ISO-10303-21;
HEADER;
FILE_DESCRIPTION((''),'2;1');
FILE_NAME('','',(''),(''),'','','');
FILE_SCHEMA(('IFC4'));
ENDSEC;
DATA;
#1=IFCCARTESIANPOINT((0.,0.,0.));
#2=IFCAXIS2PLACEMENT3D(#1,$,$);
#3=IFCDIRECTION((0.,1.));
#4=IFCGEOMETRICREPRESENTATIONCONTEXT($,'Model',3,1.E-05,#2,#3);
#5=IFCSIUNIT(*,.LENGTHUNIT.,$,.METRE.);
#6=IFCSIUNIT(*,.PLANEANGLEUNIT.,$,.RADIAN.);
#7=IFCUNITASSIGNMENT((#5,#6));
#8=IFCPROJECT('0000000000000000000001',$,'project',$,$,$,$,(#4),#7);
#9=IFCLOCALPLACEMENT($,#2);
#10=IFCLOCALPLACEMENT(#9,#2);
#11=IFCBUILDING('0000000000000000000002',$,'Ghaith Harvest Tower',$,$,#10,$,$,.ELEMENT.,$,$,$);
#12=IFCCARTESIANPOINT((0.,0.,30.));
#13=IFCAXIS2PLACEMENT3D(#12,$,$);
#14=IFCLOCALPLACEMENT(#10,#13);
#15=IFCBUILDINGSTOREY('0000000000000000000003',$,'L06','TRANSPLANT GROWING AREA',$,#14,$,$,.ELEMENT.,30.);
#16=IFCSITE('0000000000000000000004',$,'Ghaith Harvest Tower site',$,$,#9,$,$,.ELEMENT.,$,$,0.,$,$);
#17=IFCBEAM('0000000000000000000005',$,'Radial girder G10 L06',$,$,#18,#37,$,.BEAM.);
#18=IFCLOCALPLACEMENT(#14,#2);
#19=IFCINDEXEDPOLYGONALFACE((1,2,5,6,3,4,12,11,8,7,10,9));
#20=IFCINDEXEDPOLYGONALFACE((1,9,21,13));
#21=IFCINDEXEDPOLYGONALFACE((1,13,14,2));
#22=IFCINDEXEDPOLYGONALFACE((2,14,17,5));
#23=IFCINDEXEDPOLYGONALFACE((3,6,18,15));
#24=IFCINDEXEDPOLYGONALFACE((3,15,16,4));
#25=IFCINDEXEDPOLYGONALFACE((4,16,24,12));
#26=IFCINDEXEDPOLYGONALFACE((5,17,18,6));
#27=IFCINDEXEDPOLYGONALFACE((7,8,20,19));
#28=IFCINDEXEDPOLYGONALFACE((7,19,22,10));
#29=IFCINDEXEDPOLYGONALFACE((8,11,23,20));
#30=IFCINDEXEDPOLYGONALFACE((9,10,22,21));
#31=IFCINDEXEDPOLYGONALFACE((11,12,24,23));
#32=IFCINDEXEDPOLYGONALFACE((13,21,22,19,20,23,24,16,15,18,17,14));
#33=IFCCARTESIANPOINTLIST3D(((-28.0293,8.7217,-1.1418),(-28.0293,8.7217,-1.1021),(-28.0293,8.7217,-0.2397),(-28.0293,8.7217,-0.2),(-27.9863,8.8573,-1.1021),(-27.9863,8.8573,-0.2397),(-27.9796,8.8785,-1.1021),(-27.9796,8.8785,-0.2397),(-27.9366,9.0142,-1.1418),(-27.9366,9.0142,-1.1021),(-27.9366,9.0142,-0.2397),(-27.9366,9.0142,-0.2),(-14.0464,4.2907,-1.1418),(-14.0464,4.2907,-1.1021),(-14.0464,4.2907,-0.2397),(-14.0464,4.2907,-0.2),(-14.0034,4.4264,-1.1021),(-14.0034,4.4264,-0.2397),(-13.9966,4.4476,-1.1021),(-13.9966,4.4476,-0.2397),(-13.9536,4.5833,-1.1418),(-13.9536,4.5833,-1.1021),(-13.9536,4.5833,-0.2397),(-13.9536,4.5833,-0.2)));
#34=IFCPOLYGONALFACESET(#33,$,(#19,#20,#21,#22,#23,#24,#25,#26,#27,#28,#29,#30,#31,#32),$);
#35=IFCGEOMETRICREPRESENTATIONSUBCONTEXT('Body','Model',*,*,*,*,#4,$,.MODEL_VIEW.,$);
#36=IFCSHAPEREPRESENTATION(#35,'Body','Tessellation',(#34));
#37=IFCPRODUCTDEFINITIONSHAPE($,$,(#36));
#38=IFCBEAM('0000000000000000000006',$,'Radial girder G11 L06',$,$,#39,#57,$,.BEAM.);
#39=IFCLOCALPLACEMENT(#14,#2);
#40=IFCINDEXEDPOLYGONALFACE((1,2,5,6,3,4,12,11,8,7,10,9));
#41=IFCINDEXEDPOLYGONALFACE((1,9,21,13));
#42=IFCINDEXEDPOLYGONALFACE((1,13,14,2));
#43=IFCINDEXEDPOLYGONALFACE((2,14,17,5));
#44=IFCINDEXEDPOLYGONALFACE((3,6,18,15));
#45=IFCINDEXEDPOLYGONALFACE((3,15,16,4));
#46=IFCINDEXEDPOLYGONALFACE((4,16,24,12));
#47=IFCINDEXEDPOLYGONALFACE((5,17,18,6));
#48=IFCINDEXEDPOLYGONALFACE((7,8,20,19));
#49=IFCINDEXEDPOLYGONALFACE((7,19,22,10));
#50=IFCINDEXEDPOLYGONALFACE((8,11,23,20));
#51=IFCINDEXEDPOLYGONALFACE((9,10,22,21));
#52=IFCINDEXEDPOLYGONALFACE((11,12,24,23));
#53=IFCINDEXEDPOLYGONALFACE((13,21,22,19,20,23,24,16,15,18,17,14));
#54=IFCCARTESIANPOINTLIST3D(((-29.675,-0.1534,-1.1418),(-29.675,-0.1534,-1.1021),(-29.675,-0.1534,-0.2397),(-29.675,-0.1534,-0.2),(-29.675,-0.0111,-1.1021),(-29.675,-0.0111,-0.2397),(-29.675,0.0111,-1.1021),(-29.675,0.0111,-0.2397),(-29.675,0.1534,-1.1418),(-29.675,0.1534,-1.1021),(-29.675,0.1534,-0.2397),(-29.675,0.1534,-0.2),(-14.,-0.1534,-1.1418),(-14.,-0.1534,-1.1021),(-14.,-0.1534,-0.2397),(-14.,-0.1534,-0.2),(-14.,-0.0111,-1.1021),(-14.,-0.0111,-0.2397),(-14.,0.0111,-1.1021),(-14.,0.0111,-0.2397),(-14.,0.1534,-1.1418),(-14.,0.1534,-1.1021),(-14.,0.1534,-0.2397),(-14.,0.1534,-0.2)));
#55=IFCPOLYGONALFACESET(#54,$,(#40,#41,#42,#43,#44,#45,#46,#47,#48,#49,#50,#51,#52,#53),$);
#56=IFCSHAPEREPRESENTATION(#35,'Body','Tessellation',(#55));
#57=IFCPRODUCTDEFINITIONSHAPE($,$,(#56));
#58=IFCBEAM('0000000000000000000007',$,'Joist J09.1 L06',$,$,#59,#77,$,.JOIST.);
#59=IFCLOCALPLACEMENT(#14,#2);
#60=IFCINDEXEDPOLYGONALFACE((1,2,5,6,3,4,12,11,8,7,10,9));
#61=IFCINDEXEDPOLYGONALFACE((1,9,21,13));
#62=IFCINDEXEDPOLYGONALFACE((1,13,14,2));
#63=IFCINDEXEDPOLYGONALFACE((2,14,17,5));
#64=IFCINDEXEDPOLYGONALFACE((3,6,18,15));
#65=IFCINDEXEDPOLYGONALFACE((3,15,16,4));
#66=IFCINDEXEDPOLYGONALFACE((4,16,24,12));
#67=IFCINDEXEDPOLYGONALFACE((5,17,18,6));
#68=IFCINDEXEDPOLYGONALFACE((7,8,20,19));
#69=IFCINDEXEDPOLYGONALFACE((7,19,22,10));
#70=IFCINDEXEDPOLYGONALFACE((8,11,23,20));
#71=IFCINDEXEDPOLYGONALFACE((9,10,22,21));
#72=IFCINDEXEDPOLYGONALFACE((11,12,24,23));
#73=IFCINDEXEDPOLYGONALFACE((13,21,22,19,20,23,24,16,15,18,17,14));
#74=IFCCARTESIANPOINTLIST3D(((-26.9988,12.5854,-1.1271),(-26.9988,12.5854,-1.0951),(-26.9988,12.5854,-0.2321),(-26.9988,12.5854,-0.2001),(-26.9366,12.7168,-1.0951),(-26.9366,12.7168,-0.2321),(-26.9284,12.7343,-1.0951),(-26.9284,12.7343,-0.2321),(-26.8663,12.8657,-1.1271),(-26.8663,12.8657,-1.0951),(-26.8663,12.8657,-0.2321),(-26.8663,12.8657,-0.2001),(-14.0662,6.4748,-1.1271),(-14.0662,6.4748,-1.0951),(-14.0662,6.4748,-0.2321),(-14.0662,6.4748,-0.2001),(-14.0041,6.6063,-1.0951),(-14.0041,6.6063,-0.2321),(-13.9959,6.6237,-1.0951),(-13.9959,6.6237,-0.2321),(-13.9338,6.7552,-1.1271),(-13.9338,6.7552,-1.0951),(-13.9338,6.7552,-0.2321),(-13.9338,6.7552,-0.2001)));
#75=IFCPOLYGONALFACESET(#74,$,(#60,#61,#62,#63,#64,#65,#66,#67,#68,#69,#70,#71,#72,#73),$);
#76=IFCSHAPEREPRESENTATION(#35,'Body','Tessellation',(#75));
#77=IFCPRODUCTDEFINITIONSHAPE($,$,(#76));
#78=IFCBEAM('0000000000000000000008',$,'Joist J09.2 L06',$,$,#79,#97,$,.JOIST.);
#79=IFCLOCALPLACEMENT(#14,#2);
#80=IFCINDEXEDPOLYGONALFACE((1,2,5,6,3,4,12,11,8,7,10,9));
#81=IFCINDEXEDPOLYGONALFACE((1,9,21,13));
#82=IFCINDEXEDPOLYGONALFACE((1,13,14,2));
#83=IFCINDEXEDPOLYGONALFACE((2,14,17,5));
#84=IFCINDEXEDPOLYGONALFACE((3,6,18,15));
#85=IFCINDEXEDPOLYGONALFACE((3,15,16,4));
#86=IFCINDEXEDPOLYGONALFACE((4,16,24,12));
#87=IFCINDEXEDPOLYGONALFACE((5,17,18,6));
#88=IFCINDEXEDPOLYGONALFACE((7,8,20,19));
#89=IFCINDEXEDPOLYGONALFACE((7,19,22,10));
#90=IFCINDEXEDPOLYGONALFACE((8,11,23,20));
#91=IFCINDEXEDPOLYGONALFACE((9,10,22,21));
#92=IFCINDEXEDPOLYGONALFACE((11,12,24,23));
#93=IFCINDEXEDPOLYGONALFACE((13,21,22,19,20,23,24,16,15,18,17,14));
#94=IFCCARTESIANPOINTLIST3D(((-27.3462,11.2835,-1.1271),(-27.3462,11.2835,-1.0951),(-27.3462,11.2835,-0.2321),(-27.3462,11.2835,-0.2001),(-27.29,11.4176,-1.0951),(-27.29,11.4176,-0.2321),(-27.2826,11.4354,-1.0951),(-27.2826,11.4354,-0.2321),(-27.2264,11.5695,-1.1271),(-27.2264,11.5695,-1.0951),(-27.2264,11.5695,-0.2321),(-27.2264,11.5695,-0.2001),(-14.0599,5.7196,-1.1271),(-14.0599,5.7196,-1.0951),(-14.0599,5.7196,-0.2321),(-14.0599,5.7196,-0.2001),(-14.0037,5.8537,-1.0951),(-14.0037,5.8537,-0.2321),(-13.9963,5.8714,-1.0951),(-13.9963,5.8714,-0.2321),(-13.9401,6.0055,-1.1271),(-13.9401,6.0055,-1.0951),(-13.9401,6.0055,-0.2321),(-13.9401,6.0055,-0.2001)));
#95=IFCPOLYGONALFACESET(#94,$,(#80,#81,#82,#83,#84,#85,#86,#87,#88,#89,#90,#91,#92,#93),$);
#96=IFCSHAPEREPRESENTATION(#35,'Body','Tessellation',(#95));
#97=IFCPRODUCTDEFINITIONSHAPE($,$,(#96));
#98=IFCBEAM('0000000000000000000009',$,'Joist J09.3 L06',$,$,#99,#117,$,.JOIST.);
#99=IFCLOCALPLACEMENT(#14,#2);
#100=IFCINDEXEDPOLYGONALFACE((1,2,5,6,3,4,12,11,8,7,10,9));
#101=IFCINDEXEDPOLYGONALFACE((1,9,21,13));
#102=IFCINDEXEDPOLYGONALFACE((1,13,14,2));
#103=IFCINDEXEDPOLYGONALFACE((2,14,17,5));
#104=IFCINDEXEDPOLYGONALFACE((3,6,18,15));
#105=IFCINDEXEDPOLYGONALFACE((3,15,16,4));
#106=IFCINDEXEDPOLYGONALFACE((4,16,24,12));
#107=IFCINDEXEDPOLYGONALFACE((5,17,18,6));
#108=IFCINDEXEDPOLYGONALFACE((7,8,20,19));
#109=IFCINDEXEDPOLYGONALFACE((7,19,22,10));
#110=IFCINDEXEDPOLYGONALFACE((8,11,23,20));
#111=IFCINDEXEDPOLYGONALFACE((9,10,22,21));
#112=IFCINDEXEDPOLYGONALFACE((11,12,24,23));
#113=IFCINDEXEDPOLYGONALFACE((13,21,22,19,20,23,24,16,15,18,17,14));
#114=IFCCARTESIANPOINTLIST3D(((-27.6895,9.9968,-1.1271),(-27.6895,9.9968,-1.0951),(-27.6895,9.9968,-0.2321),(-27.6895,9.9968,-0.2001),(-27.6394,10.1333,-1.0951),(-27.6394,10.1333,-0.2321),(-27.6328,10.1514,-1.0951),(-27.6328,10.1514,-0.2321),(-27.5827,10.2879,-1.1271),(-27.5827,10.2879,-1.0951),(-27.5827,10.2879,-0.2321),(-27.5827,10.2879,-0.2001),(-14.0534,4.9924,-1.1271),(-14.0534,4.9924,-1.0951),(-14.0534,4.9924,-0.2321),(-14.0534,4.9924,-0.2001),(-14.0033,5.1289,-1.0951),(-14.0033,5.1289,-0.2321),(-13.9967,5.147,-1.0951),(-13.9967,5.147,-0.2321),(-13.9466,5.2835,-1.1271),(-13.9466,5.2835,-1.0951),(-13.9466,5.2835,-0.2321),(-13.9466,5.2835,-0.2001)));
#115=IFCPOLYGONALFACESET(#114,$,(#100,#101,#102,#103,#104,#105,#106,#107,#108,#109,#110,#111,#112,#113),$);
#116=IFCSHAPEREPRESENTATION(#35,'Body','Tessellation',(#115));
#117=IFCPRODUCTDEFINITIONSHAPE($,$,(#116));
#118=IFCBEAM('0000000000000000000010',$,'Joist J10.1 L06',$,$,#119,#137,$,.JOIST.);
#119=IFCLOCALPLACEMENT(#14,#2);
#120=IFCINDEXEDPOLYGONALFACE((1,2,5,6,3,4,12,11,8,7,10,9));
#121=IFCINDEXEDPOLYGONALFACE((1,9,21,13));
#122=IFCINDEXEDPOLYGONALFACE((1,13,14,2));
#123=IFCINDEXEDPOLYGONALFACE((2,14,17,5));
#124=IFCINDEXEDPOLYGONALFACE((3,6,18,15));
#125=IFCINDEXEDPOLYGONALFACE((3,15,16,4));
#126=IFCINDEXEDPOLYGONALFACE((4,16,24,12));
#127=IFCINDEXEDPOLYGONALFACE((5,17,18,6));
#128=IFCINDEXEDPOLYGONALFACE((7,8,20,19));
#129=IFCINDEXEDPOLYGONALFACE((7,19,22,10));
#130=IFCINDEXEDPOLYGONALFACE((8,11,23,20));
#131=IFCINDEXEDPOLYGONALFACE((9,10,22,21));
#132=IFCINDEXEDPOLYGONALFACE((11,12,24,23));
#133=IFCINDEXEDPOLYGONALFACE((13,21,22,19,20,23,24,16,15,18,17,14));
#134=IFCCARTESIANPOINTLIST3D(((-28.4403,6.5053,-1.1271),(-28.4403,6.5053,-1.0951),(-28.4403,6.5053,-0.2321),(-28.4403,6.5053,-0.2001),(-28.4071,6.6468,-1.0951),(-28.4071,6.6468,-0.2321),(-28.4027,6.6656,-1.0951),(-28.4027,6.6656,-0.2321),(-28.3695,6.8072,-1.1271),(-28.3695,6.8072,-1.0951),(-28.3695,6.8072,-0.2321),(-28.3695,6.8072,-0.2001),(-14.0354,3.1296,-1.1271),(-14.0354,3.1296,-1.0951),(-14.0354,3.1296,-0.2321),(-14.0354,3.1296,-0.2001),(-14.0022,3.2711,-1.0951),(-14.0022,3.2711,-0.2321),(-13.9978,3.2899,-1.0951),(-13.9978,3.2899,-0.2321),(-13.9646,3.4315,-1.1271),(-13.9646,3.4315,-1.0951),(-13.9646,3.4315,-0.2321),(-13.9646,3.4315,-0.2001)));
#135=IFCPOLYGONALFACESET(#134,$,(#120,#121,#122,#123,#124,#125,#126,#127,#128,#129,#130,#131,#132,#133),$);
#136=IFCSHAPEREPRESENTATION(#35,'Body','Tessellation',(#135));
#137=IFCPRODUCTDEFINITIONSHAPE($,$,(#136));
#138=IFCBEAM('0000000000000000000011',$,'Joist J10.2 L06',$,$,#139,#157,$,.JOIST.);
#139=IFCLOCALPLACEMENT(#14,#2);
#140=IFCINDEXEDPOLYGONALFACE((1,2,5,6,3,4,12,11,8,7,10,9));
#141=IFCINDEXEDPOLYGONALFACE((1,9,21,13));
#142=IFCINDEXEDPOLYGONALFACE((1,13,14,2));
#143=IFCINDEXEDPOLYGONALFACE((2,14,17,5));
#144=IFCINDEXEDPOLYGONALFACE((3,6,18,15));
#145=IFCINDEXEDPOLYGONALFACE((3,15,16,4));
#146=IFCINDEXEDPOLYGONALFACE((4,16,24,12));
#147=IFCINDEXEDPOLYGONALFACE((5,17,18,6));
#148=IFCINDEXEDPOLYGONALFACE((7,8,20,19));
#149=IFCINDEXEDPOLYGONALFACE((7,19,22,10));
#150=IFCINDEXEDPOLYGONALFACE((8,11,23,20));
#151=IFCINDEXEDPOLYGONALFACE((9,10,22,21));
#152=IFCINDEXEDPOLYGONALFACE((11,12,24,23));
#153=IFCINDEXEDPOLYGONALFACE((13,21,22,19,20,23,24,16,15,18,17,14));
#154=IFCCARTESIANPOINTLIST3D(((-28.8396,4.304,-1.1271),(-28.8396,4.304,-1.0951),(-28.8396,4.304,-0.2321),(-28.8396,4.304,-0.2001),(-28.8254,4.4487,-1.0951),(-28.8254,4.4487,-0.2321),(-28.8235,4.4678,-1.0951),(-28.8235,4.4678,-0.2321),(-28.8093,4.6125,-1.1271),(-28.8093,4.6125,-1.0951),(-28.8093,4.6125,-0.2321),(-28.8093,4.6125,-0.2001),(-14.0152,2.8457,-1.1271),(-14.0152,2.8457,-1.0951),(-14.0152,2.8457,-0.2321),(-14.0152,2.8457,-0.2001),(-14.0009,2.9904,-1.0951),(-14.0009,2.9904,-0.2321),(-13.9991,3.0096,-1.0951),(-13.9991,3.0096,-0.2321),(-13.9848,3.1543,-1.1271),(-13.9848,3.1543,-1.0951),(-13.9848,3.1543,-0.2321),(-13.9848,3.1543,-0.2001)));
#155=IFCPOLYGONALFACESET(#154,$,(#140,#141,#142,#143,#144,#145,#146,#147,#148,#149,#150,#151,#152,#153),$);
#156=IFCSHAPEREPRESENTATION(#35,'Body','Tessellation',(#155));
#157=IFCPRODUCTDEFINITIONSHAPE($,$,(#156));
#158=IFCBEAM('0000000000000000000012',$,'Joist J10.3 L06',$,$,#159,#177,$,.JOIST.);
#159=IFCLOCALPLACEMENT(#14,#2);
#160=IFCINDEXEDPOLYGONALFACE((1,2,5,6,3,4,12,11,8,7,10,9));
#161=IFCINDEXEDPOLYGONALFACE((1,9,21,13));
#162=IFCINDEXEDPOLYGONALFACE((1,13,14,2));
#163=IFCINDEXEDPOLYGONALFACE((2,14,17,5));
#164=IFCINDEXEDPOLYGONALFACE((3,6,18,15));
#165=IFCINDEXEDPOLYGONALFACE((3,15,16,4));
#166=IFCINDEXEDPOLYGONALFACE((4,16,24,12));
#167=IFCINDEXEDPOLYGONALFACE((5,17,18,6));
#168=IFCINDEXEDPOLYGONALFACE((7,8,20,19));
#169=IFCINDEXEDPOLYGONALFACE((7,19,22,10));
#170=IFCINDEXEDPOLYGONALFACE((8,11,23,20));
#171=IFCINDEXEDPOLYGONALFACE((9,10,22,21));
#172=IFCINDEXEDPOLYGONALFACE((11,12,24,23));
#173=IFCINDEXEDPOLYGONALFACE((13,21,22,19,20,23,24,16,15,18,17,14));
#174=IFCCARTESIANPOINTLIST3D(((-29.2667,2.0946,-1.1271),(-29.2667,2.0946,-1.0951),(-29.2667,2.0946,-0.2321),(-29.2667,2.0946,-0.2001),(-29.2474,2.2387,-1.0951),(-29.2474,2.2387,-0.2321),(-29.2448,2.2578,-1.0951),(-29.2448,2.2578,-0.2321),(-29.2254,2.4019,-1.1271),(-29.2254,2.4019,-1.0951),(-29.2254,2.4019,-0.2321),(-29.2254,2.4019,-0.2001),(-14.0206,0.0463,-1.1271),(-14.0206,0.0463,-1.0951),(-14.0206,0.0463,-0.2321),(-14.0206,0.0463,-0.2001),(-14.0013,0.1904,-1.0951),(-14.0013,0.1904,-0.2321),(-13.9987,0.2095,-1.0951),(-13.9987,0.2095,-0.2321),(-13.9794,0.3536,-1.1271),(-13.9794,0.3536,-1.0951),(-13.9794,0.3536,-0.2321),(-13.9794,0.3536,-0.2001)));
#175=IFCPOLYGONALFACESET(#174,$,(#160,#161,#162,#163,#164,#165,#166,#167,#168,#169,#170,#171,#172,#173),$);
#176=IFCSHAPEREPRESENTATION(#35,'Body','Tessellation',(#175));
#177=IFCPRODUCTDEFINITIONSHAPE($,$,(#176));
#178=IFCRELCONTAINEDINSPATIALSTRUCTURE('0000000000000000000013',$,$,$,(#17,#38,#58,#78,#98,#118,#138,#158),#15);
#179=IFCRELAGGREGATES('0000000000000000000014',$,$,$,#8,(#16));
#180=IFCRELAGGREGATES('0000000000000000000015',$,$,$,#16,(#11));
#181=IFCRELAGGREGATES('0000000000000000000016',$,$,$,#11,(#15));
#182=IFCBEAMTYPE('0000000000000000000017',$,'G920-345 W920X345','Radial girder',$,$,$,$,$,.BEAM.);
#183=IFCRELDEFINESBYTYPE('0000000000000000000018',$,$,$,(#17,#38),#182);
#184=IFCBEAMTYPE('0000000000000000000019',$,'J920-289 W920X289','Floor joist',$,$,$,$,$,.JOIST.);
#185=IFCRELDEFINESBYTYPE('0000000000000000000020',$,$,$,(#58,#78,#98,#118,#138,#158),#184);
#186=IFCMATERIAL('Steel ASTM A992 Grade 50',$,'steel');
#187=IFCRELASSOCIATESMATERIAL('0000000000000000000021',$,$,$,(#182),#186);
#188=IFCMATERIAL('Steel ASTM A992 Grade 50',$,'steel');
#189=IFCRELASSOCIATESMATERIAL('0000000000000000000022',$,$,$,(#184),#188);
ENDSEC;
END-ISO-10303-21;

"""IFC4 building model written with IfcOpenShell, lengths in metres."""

from ifc_helpers import new_model, si_unit, direction, frame, origin, origin_2d, place, context, subcontext, project, spatial, i_section, extrude, material, material_profile, profile_set, type_object, element, save


model = new_model("IFC4")

# Units and contexts
model_context = context("Model", 3, precision=1e-05, world=origin(), true_north=direction((0.0, 1.0)))
body_context = subcontext(model_context, "Body", "Model", "MODEL_VIEW")
ifc_project = project(units=[si_unit("LENGTHUNIT", "METRE"), si_unit("PLANEANGLEUNIT", "RADIAN")], contexts=[model_context])

# Site, building, storey
site_placement = place(None, origin())
site = spatial("IfcSite", under=ifc_project, at=site_placement, Name="Ghaith Harvest Tower site", CompositionType="ELEMENT", RefElevation=0.0)
building_placement = place(site_placement, origin())
building = spatial("IfcBuilding", under=site, at=building_placement, Name="Ghaith Harvest Tower", CompositionType="ELEMENT")
storey_placement = place(building_placement, frame((0.0, 0.0, 30.0)))
storey = spatial("IfcBuildingStorey", under=building, at=storey_placement, Name="L06", Description="TRANSPLANT GROWING AREA", CompositionType="ELEMENT", Elevation=30.0)

# Beams
ifc_material_1 = material(Name="Steel ASTM A992 Grade 50", Category="steel")
ifc_material_profile_1 = material_profile(ifc_material_1, i_section(OverallWidth=0.3069, OverallDepth=0.9419, WebThickness=0.0222, FlangeThickness=0.0398, at=origin_2d()), Name="W920X345")
ifc_profile_set_1 = profile_set([ifc_material_profile_1], Name="Steel ASTM A992 Grade 50")
beam_type_1 = type_object("IfcBeamType", Name="G920-345 W920X345", Description="Radial girder", PredefinedType="BEAM", material=ifc_profile_set_1)
beam_1_placement = place(storey_placement, frame((-14.0, 4.437, -0.6709), z_axis=(-0.953284, 0.302077, 0.0), x_axis=(-0.302077, -0.953284, 0.0)))
element("IfcBeam", 1, at=beam_1_placement, inside=storey, type_object=beam_type_1, Name="Radial girder G10 L06", PredefinedType="BEAM", context=body_context, shape_type="SweptSolid", body=[
    extrude(i_section(OverallWidth=0.3069, OverallDepth=0.9419, WebThickness=0.0222, FlangeThickness=0.0398, at=origin_2d()), origin(), (0.0, 0.0, 1.0), 14.6682),
])
beam_2_placement = place(storey_placement, frame((-14.0, 0.0, -0.6709), z_axis=(-1.0, 0.0, 0.0), x_axis=(0.0, -1.0, 0.0)))
element("IfcBeam", 2, at=beam_2_placement, inside=storey, type_object=beam_type_1, Name="Radial girder G11 L06", PredefinedType="BEAM", context=body_context, shape_type="SweptSolid", body=[
    extrude(i_section(OverallWidth=0.3069, OverallDepth=0.9419, WebThickness=0.0222, FlangeThickness=0.0398, at=origin_2d()), origin(), (0.0, 0.0, 1.0), 15.675),
])
ifc_material_2 = material(Name="Steel ASTM A992 Grade 50", Category="steel")
ifc_material_profile_2 = material_profile(ifc_material_2, i_section(OverallWidth=0.3101, OverallDepth=0.927, WebThickness=0.0193, FlangeThickness=0.032, at=origin_2d()), Name="W920X289")
ifc_profile_set_2 = profile_set([ifc_material_profile_2], Name="Steel ASTM A992 Grade 50")
beam_type_2 = type_object("IfcBeamType", Name="J920-289 W920X289", Description="Floor joist", PredefinedType="JOIST", material=ifc_profile_set_2)
beam_3_placement = place(storey_placement, frame((-14.0, 6.615, -0.6636), z_axis=(-0.904153, 0.427208, 0.0), x_axis=(-0.427208, -0.904153, 0.0)))
element("IfcBeam", 3, at=beam_3_placement, inside=storey, type_object=beam_type_2, Name="Joist J09.1 L06", PredefinedType="JOIST", context=body_context, shape_type="SweptSolid", body=[
    extrude(i_section(OverallWidth=0.3101, OverallDepth=0.927, WebThickness=0.0193, FlangeThickness=0.032, at=origin_2d()), origin(), (0.0, 0.0, 1.0), 14.3035),
])
beam_4_placement = place(storey_placement, frame((-14.0, 5.8625, -0.6636), z_axis=(-0.922386, 0.38627, 0.0), x_axis=(-0.38627, -0.922386, 0.0)))
element("IfcBeam", 4, at=beam_4_placement, inside=storey, type_object=beam_type_2, Name="Joist J09.2 L06", PredefinedType="JOIST", context=body_context, shape_type="SweptSolid", body=[
    extrude(i_section(OverallWidth=0.3101, OverallDepth=0.927, WebThickness=0.0193, FlangeThickness=0.032, at=origin_2d()), origin(), (0.0, 0.0, 1.0), 14.4043),
])
beam_5_placement = place(storey_placement, frame((-14.0, 5.1379, -0.6636), z_axis=(-0.938775, 0.34453, 0.0), x_axis=(-0.34453, -0.938775, 0.0)))
element("IfcBeam", 5, at=beam_5_placement, inside=storey, type_object=beam_type_2, Name="Joist J09.3 L06", PredefinedType="JOIST", context=body_context, shape_type="SweptSolid", body=[
    extrude(i_section(OverallWidth=0.3101, OverallDepth=0.927, WebThickness=0.0193, FlangeThickness=0.032, at=origin_2d()), origin(), (0.0, 0.0, 1.0), 14.5254),
])
beam_6_placement = place(storey_placement, frame((-14.0, 3.2805, -0.6636), z_axis=(-0.973623, 0.228163, 0.0), x_axis=(-0.228163, -0.973623, 0.0)))
element("IfcBeam", 6, at=beam_6_placement, inside=storey, type_object=beam_type_2, Name="Joist J10.1 L06", PredefinedType="JOIST", context=body_context, shape_type="SweptSolid", body=[
    extrude(i_section(OverallWidth=0.3101, OverallDepth=0.927, WebThickness=0.0193, FlangeThickness=0.032, at=origin_2d()), origin(), (0.0, 0.0, 1.0), 14.7952),
])
beam_7_placement = place(storey_placement, frame((-14.0, 3.0, -0.6636), z_axis=(-0.995197, 0.097895, 0.0), x_axis=(-0.097895, -0.995197, 0.0)))
element("IfcBeam", 7, at=beam_7_placement, inside=storey, type_object=beam_type_2, Name="Joist J10.2 L06", PredefinedType="JOIST", context=body_context, shape_type="SweptSolid", body=[
    extrude(i_section(OverallWidth=0.3101, OverallDepth=0.927, WebThickness=0.0193, FlangeThickness=0.032, at=origin_2d()), origin(), (0.0, 0.0, 1.0), 14.896),
])
beam_8_placement = place(storey_placement, frame((-14.0, 0.2, -0.6636), z_axis=(-0.991095, 0.133155, 0.0), x_axis=(-0.133155, -0.991095, 0.0)))
element("IfcBeam", 8, at=beam_8_placement, inside=storey, type_object=beam_type_2, Name="Joist J10.3 L06", PredefinedType="JOIST", context=body_context, shape_type="SweptSolid", body=[
    extrude(i_section(OverallWidth=0.3101, OverallDepth=0.927, WebThickness=0.0193, FlangeThickness=0.032, at=origin_2d()), origin(), (0.0, 0.0, 1.0), 15.3831),
])

save(model, "model.ifc")
